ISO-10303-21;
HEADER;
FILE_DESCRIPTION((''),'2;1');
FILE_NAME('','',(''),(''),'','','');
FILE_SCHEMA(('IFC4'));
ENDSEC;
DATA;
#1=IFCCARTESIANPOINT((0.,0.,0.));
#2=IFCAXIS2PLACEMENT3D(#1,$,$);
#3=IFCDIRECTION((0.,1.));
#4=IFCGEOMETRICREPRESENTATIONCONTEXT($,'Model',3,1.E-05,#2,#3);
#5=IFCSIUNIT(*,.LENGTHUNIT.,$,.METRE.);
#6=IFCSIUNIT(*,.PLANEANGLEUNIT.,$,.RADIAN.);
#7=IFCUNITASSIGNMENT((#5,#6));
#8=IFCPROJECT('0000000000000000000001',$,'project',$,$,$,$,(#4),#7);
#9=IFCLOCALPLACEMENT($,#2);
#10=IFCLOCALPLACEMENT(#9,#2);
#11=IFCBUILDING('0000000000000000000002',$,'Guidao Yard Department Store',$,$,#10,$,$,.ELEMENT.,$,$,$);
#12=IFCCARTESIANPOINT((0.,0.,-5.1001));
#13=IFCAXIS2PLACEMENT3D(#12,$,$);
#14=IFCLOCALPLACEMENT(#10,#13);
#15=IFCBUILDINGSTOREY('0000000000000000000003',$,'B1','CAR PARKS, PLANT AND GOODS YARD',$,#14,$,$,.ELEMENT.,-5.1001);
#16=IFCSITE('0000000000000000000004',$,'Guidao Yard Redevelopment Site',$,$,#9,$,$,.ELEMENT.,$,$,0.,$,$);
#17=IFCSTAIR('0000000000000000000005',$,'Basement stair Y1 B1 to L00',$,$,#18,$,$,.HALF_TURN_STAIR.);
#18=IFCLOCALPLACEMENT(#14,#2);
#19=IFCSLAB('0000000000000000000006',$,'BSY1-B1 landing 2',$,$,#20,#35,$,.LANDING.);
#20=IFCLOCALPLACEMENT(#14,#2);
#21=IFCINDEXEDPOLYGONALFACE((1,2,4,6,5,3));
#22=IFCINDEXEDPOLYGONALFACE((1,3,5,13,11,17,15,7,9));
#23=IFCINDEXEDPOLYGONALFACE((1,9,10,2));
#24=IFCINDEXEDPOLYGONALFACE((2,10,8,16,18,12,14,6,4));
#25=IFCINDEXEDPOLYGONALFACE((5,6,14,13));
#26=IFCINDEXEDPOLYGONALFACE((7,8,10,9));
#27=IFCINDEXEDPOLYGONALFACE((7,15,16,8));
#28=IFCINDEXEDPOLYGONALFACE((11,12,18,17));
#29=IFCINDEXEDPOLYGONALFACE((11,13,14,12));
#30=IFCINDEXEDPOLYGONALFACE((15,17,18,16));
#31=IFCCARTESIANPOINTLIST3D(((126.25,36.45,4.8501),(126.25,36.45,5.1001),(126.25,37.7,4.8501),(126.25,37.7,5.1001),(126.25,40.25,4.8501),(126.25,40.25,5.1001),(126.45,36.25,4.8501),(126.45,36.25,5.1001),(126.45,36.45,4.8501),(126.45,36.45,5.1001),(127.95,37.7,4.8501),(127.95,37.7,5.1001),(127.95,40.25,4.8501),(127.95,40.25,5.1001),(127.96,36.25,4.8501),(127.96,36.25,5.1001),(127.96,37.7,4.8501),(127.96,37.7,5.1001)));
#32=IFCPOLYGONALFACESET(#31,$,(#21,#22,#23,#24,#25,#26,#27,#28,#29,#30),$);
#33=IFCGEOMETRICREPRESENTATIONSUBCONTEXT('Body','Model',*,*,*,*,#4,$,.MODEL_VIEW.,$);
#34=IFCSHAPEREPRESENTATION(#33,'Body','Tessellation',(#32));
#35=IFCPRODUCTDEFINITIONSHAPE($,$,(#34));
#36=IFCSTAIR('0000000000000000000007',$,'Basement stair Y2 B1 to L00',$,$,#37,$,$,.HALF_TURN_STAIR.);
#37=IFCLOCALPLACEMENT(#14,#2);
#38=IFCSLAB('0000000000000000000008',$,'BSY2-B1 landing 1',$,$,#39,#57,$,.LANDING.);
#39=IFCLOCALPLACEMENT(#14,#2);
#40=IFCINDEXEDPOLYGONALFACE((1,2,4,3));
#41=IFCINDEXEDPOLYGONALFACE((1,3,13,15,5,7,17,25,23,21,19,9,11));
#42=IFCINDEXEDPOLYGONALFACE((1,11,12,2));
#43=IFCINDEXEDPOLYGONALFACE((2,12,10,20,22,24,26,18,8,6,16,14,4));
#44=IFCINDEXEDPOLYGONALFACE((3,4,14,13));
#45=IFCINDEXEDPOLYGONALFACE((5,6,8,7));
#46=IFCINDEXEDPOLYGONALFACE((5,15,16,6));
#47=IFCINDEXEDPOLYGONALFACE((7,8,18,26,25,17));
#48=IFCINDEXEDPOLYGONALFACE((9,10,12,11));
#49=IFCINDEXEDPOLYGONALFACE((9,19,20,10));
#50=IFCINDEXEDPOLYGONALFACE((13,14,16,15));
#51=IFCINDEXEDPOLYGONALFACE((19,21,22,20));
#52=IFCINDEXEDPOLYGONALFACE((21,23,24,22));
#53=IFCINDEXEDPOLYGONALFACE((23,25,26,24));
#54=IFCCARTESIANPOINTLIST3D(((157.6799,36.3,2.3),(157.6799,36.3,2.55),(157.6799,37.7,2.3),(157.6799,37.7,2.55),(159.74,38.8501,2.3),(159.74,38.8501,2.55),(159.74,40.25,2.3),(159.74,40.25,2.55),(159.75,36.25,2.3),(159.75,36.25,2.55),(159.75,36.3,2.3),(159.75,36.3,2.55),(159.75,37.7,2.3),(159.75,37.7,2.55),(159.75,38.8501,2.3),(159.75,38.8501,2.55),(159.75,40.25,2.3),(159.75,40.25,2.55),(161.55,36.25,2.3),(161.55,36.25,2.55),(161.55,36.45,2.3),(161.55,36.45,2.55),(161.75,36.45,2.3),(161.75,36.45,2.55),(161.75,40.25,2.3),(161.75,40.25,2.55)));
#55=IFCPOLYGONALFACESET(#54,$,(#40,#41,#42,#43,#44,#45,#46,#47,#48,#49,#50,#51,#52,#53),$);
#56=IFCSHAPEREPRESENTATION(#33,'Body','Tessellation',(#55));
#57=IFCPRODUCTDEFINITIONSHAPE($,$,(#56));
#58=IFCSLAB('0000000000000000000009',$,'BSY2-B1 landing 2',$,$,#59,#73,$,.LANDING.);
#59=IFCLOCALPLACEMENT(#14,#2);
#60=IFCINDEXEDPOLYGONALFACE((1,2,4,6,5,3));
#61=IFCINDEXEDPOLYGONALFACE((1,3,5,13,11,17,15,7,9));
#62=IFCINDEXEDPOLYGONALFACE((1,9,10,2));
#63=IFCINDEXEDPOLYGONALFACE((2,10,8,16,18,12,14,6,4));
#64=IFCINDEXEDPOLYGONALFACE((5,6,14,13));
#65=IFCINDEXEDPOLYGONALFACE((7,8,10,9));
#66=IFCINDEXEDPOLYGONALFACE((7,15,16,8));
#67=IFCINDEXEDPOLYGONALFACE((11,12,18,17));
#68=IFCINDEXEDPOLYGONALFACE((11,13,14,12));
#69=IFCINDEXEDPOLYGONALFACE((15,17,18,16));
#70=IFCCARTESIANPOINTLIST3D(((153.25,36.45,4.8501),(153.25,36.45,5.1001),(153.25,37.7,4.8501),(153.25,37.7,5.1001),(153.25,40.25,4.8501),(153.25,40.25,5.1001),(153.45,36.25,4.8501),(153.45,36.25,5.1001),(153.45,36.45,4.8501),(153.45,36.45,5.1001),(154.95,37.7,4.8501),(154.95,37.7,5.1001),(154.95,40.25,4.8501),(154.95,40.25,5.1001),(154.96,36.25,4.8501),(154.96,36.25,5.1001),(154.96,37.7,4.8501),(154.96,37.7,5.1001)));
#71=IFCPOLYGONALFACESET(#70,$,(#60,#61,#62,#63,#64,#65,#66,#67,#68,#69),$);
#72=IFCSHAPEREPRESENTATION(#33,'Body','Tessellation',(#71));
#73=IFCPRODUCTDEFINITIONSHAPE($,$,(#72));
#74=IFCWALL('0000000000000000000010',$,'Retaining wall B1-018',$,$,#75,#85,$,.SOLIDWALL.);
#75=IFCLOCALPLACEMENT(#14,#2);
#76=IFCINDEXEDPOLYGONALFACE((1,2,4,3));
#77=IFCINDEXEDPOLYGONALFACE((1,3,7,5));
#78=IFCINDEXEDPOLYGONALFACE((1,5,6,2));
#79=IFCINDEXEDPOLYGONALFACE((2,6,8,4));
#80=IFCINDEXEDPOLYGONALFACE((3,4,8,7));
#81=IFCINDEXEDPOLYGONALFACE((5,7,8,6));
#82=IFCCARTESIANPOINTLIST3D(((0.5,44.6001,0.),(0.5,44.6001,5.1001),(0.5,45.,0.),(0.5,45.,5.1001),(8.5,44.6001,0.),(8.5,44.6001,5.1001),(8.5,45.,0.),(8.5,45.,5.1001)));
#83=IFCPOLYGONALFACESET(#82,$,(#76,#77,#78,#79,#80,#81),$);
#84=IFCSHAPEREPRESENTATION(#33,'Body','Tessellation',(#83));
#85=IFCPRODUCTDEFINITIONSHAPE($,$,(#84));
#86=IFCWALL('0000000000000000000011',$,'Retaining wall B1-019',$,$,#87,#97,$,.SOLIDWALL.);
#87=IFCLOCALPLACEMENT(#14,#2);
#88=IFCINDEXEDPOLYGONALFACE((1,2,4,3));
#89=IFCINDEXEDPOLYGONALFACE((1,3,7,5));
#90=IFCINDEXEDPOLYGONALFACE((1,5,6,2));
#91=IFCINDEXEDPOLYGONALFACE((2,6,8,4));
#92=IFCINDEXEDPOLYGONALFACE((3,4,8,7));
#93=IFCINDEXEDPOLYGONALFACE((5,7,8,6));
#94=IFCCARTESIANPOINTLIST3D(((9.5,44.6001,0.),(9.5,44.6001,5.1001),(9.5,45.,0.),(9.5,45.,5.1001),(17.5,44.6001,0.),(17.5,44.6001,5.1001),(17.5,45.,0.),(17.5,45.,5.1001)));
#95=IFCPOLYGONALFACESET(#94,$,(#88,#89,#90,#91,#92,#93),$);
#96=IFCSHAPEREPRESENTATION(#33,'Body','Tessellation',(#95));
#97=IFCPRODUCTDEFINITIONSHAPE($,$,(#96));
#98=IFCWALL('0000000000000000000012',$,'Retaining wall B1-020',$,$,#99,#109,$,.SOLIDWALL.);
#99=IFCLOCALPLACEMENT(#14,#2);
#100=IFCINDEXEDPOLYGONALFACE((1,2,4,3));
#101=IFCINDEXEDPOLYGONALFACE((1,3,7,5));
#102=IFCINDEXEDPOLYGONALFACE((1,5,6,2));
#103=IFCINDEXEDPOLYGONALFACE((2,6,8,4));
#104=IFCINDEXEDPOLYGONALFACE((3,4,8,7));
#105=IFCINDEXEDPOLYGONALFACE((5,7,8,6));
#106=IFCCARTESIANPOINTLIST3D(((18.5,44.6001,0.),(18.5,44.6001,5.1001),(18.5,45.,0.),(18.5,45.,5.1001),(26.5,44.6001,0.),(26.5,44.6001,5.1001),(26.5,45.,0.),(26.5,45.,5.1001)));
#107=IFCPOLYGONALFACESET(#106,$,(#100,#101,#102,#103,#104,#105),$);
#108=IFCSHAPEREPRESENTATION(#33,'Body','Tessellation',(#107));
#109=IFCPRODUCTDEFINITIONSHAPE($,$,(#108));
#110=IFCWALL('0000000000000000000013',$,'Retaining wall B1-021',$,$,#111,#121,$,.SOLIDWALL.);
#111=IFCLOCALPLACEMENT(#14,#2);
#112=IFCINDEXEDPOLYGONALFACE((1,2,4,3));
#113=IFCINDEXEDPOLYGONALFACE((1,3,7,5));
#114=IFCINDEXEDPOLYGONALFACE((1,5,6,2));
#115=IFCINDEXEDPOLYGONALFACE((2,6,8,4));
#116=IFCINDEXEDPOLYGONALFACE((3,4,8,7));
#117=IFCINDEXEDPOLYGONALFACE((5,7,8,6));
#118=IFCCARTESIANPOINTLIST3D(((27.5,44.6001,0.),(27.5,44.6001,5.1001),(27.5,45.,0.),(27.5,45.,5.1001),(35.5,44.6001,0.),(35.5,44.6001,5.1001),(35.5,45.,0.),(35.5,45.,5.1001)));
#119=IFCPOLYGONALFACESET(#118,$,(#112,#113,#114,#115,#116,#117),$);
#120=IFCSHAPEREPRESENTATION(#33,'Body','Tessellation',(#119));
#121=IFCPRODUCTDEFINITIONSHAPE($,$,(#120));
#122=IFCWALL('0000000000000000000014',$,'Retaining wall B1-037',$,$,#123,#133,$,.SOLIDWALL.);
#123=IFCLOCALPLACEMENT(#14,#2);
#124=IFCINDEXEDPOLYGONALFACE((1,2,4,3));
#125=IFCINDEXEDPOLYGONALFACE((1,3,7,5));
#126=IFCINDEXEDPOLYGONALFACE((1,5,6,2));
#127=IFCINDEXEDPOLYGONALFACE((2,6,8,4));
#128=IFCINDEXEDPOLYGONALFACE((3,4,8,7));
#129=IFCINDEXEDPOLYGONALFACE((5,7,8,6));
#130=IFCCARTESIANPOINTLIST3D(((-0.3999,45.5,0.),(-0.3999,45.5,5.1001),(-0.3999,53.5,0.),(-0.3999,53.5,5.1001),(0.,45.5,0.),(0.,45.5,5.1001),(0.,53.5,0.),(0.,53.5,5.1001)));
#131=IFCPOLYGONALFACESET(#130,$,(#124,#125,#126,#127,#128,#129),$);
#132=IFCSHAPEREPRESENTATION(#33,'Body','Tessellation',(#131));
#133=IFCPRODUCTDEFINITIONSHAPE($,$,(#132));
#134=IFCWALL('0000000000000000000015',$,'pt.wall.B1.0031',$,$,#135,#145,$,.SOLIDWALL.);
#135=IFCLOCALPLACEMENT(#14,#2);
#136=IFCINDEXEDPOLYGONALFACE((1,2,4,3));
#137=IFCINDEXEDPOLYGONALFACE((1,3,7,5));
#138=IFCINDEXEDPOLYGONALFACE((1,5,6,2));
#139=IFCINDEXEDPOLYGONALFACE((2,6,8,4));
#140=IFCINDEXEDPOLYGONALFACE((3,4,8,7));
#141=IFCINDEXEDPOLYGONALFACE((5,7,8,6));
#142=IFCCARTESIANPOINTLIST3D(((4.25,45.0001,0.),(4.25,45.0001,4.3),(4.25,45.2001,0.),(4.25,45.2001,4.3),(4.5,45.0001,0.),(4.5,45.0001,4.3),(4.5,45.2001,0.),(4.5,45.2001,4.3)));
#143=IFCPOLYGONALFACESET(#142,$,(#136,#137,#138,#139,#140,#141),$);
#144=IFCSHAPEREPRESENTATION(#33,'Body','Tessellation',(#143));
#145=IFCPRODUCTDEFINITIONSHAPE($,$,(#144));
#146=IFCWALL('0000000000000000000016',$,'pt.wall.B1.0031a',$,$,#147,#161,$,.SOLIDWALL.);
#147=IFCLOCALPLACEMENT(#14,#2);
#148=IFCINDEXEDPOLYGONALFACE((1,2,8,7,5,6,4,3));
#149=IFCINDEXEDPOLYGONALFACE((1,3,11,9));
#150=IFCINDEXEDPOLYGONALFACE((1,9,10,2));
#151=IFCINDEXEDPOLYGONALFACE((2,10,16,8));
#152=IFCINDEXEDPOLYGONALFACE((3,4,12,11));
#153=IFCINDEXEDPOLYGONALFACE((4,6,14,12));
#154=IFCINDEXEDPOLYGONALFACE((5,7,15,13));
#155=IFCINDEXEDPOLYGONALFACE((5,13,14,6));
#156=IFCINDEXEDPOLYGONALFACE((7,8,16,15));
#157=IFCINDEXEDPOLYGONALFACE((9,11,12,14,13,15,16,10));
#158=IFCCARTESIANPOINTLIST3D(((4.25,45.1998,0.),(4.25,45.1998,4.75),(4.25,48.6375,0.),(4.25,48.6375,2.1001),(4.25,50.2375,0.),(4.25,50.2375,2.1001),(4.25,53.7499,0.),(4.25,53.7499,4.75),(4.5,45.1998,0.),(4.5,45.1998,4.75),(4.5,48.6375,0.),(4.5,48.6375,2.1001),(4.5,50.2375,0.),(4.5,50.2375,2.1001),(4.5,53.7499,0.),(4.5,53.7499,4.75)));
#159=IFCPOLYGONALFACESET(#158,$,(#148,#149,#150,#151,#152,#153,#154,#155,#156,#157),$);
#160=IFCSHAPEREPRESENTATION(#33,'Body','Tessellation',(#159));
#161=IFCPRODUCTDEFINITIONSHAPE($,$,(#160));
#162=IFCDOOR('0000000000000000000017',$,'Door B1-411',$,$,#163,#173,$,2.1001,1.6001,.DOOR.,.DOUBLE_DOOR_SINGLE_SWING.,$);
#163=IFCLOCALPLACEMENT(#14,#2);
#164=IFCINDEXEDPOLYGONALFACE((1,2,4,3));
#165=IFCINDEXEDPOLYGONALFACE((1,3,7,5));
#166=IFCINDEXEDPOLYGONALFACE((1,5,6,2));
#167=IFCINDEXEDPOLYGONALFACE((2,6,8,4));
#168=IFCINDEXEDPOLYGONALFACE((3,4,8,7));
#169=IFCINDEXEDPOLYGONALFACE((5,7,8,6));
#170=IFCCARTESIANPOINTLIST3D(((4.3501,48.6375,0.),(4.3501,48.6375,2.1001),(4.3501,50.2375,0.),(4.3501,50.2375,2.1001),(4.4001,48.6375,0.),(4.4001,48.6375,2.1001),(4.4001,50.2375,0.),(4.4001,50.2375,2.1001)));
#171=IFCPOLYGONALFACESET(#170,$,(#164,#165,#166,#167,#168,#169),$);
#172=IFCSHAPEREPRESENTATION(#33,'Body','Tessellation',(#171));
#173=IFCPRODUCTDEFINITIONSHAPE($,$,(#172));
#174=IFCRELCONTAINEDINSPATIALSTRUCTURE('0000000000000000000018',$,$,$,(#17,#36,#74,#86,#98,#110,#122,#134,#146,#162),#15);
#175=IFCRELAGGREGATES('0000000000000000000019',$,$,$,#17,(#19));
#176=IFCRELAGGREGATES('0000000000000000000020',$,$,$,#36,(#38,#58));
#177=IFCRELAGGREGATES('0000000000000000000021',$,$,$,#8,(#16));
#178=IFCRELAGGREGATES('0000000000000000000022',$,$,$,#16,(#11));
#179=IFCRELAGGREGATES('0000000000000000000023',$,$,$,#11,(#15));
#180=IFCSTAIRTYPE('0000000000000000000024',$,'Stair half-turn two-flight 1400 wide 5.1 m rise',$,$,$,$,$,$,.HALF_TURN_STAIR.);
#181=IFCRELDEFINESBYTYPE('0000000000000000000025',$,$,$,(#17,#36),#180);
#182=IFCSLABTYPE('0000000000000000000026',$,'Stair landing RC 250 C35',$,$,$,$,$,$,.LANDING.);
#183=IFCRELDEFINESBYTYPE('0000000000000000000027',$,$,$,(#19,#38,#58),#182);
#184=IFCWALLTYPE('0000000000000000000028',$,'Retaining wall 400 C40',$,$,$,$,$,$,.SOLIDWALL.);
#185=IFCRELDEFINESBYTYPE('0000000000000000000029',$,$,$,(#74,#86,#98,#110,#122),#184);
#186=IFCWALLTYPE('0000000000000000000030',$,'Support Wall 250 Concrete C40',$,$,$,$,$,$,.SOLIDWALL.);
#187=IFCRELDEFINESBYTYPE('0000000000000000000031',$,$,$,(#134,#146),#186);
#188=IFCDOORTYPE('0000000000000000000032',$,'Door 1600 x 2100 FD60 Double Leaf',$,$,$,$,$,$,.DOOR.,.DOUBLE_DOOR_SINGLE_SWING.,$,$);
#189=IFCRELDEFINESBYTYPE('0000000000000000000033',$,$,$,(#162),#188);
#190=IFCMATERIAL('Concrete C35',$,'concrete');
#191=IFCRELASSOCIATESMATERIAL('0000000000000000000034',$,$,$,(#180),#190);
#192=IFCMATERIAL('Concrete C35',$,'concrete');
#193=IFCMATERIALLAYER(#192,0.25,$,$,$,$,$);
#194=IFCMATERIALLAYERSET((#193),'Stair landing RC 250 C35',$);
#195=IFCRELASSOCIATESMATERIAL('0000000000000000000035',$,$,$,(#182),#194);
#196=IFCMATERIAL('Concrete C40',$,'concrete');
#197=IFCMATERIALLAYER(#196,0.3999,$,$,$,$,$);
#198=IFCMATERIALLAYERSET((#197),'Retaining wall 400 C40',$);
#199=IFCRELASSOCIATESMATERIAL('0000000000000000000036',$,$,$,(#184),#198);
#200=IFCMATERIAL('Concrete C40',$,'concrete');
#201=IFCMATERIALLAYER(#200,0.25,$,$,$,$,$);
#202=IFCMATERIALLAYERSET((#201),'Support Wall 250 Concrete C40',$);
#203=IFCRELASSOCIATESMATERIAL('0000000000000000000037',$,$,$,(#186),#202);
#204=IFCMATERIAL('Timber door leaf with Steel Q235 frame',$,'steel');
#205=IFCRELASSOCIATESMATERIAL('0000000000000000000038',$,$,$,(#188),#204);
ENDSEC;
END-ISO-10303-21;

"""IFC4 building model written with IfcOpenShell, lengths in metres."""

from ifc_helpers import new_model, si_unit, direction, frame, frame_2d, origin, place, context, subcontext, project, spatial, polyline, rectangle, outline, extrude, material, layer, layer_set, type_object, element, fill, aggregate, save


model = new_model("IFC4")

# Units and contexts
model_context = context("Model", 3, precision=1e-05, world=origin(), true_north=direction((0.0, 1.0)))
body_context = subcontext(model_context, "Body", "Model", "MODEL_VIEW")
ifc_project = project(units=[si_unit("LENGTHUNIT", "METRE"), si_unit("PLANEANGLEUNIT", "RADIAN")], contexts=[model_context])

# Site, building, storey
site_placement = place(None, origin())
site = spatial("IfcSite", under=ifc_project, at=site_placement, Name="Guidao Yard Redevelopment Site", CompositionType="ELEMENT", RefElevation=0.0)
building_placement = place(site_placement, origin())
building = spatial("IfcBuilding", under=site, at=building_placement, Name="Guidao Yard Department Store", CompositionType="ELEMENT")
storey_placement = place(building_placement, frame((0.0, 0.0, -5.1001)))
storey = spatial("IfcBuildingStorey", under=building, at=storey_placement, Name="B1", Description="CAR PARKS, PLANT AND GOODS YARD", CompositionType="ELEMENT", Elevation=-5.1001)

# Stairs, slabs
ifc_material_1 = material(Name="Concrete C35", Category="concrete")
stair_type = type_object("IfcStairType", Name="Stair half-turn two-flight 1400 wide 5.1 m rise", PredefinedType="HALF_TURN_STAIR", material=ifc_material_1)
ifc_material_2 = material(Name="Concrete C35", Category="concrete")
ifc_layer_1 = layer(ifc_material_2, 0.25)
ifc_layer_set_1 = layer_set([ifc_layer_1], Name="Stair landing RC 250 C35")
slab_type_1 = type_object("IfcSlabType", Name="Stair landing RC 250 C35", PredefinedType="LANDING", material=ifc_layer_set_1)
stair_1_placement = place(storey_placement, origin())
stair_1 = element("IfcStair", 1, at=stair_1_placement, inside=storey, type_object=stair_type, Name="Basement stair Y1 B1 to L00", PredefinedType="HALF_TURN_STAIR")
slab_1_placement = place(storey_placement, frame((0.0, 0.0, 4.8501)))
slab_1 = element("IfcSlab", 2, at=slab_1_placement, type_object=slab_type_1, Name="BSY1-B1 landing 2", PredefinedType="LANDING", context=body_context, shape_type="SweptSolid", body=[
    extrude(outline(polyline([(126.45, 36.25), (126.45, 36.45), (126.25, 36.45), (126.25, 37.7), (126.25, 40.25), (127.95, 40.25), (127.95, 37.7), (127.96, 37.7), (127.96, 36.25), (126.45, 36.25)])), origin(), (0.0, 0.0, 1.0), 0.25),
])
aggregate(stair_1, [slab_1])
stair_2_placement = place(storey_placement, origin())
stair_2 = element("IfcStair", 3, at=stair_2_placement, inside=storey, type_object=stair_type, Name="Basement stair Y2 B1 to L00", PredefinedType="HALF_TURN_STAIR")
slab_2_placement = place(storey_placement, frame((0.0, 0.0, 2.3)))
slab_2 = element("IfcSlab", 4, at=slab_2_placement, type_object=slab_type_1, Name="BSY2-B1 landing 1", PredefinedType="LANDING", context=body_context, shape_type="SweptSolid", body=[
    extrude(outline(polyline([(159.75, 37.7), (159.75, 38.8501), (159.74, 38.8501), (159.74, 40.25), (159.75, 40.25), (161.75, 40.25), (161.75, 36.45), (161.55, 36.45), (161.55, 36.25), (159.75, 36.25), (159.75, 36.3), (157.6799, 36.3), (157.6799, 37.7), (159.75, 37.7)])), origin(), (0.0, 0.0, 1.0), 0.25),
])
slab_3_placement = place(storey_placement, frame((0.0, 0.0, 4.8501)))
slab_3 = element("IfcSlab", 5, at=slab_3_placement, type_object=slab_type_1, Name="BSY2-B1 landing 2", PredefinedType="LANDING", context=body_context, shape_type="SweptSolid", body=[
    extrude(outline(polyline([(153.45, 36.25), (153.45, 36.45), (153.25, 36.45), (153.25, 37.7), (153.25, 40.25), (154.95, 40.25), (154.95, 37.7), (154.96, 37.7), (154.96, 36.25), (153.45, 36.25)])), origin(), (0.0, 0.0, 1.0), 0.25),
])
aggregate(stair_2, [slab_2, slab_3])

# Walls
ifc_material_3 = material(Name="Concrete C40", Category="concrete")
ifc_layer_2 = layer(ifc_material_3, 0.3999)
ifc_layer_set_2 = layer_set([ifc_layer_2], Name="Retaining wall 400 C40")
wall_type_1 = type_object("IfcWallType", Name="Retaining wall 400 C40", PredefinedType="SOLIDWALL", material=ifc_layer_set_2)
for number, where, z_axis, x_axis, name in (
    (6, (0.5, 44.8, 0.0), (0.0, 0.0, 1.0), (1.0, 0.0, 0.0), "Retaining wall B1-018"),
    (7, (9.5, 44.8, 0.0), (0.0, 0.0, 1.0), (1.0, 0.0, 0.0), "Retaining wall B1-019"),
    (8, (18.5, 44.8, 0.0), (0.0, 0.0, 1.0), (1.0, 0.0, 0.0), "Retaining wall B1-020"),
    (9, (27.5, 44.8, 0.0), (0.0, 0.0, 1.0), (1.0, 0.0, 0.0), "Retaining wall B1-021"),
    (10, (-0.2, 45.5, 0.0), (0.0, 0.0, 1.0), (0.0, 1.0, 0.0), "Retaining wall B1-037"),
):
    element("IfcWall", number, at=place(storey_placement, frame(where, z_axis=z_axis, x_axis=x_axis)), inside=storey, type_object=wall_type_1, Name=name, PredefinedType="SOLIDWALL", context=body_context, shape_type="SweptSolid", body=[
        extrude(rectangle(XDim=8.0, YDim=0.3999, at=frame_2d((4.0, 0.0))), origin(), (0.0, 0.0, 1.0), 5.1001),
    ])
ifc_material_4 = material(Name="Concrete C40", Category="concrete")
ifc_layer_3 = layer(ifc_material_4, 0.25)
ifc_layer_set_3 = layer_set([ifc_layer_3], Name="Support Wall 250 Concrete C40")
wall_type_2 = type_object("IfcWallType", Name="Support Wall 250 Concrete C40", PredefinedType="SOLIDWALL", material=ifc_layer_set_3)
wall_1_placement = place(storey_placement, frame((4.375, 45.0, 0.0), z_axis=(0.0, 0.0, 1.0), x_axis=(0.0, 1.0, 0.0)))
element("IfcWall", 11, at=wall_1_placement, inside=storey, type_object=wall_type_2, Name="pt.wall.B1.0031", PredefinedType="SOLIDWALL", context=body_context, shape_type="SweptSolid", body=[
    extrude(rectangle(XDim=0.2, YDim=0.25, at=frame_2d((0.1001, 0.0))), origin(), (0.0, 0.0, 1.0), 4.3),
])

# Wall, opening, door
wall_2_placement = place(storey_placement, frame((4.375, 45.2, 0.0), z_axis=(0.0, 0.0, 1.0), x_axis=(0.0, 1.0, 0.0)))
wall_2 = element("IfcWall", 12, at=wall_2_placement, inside=storey, type_object=wall_type_2, Name="pt.wall.B1.0031a", PredefinedType="SOLIDWALL", context=body_context, shape_type="SweptSolid", body=[
    extrude(rectangle(XDim=8.55, YDim=0.25, at=frame_2d((4.2749, 0.0))), origin(), (0.0, 0.0, 1.0), 4.75),
])
opening_placement = place(wall_2_placement, frame((3.4375, 0.0, 0.0)))
opening = element("IfcOpeningElement", 13, at=opening_placement, cuts=wall_2, PredefinedType="OPENING", context=body_context, shape_type="SweptSolid", body=[
    extrude(rectangle(XDim=1.6001, YDim=2.1001, at=frame_2d((0.8, 1.05))), frame((0.0, 0.135, 0.0), z_axis=(0.0, -1.0, 0.0), x_axis=(1.0, 0.0, 0.0)), (0.0, 0.0, 1.0), 0.27),
])
ifc_material_5 = material(Name="Timber door leaf with Steel Q235 frame", Category="steel")
door_type = type_object("IfcDoorType", Name="Door 1600 x 2100 FD60 Double Leaf", OperationType="DOUBLE_DOOR_SINGLE_SWING", PredefinedType="DOOR", material=ifc_material_5)
door_placement = place(opening_placement, origin())
door = element("IfcDoor", 14, at=door_placement, inside=storey, type_object=door_type, Name="Door B1-411", OperationType="DOUBLE_DOOR_SINGLE_SWING", OverallHeight=2.1001, OverallWidth=1.6001, PredefinedType="DOOR", context=body_context, shape_type="SweptSolid", body=[
    extrude(rectangle(XDim=1.6001, YDim=2.1001, at=frame_2d((0.8, 1.05))), frame((0.0, 0.0249, 0.0), z_axis=(0.0, -1.0, 0.0), x_axis=(1.0, 0.0, 0.0)), (0.0, 0.0, 1.0), 0.05),
])
fill(opening, door)

save(model, "model.ifc")
